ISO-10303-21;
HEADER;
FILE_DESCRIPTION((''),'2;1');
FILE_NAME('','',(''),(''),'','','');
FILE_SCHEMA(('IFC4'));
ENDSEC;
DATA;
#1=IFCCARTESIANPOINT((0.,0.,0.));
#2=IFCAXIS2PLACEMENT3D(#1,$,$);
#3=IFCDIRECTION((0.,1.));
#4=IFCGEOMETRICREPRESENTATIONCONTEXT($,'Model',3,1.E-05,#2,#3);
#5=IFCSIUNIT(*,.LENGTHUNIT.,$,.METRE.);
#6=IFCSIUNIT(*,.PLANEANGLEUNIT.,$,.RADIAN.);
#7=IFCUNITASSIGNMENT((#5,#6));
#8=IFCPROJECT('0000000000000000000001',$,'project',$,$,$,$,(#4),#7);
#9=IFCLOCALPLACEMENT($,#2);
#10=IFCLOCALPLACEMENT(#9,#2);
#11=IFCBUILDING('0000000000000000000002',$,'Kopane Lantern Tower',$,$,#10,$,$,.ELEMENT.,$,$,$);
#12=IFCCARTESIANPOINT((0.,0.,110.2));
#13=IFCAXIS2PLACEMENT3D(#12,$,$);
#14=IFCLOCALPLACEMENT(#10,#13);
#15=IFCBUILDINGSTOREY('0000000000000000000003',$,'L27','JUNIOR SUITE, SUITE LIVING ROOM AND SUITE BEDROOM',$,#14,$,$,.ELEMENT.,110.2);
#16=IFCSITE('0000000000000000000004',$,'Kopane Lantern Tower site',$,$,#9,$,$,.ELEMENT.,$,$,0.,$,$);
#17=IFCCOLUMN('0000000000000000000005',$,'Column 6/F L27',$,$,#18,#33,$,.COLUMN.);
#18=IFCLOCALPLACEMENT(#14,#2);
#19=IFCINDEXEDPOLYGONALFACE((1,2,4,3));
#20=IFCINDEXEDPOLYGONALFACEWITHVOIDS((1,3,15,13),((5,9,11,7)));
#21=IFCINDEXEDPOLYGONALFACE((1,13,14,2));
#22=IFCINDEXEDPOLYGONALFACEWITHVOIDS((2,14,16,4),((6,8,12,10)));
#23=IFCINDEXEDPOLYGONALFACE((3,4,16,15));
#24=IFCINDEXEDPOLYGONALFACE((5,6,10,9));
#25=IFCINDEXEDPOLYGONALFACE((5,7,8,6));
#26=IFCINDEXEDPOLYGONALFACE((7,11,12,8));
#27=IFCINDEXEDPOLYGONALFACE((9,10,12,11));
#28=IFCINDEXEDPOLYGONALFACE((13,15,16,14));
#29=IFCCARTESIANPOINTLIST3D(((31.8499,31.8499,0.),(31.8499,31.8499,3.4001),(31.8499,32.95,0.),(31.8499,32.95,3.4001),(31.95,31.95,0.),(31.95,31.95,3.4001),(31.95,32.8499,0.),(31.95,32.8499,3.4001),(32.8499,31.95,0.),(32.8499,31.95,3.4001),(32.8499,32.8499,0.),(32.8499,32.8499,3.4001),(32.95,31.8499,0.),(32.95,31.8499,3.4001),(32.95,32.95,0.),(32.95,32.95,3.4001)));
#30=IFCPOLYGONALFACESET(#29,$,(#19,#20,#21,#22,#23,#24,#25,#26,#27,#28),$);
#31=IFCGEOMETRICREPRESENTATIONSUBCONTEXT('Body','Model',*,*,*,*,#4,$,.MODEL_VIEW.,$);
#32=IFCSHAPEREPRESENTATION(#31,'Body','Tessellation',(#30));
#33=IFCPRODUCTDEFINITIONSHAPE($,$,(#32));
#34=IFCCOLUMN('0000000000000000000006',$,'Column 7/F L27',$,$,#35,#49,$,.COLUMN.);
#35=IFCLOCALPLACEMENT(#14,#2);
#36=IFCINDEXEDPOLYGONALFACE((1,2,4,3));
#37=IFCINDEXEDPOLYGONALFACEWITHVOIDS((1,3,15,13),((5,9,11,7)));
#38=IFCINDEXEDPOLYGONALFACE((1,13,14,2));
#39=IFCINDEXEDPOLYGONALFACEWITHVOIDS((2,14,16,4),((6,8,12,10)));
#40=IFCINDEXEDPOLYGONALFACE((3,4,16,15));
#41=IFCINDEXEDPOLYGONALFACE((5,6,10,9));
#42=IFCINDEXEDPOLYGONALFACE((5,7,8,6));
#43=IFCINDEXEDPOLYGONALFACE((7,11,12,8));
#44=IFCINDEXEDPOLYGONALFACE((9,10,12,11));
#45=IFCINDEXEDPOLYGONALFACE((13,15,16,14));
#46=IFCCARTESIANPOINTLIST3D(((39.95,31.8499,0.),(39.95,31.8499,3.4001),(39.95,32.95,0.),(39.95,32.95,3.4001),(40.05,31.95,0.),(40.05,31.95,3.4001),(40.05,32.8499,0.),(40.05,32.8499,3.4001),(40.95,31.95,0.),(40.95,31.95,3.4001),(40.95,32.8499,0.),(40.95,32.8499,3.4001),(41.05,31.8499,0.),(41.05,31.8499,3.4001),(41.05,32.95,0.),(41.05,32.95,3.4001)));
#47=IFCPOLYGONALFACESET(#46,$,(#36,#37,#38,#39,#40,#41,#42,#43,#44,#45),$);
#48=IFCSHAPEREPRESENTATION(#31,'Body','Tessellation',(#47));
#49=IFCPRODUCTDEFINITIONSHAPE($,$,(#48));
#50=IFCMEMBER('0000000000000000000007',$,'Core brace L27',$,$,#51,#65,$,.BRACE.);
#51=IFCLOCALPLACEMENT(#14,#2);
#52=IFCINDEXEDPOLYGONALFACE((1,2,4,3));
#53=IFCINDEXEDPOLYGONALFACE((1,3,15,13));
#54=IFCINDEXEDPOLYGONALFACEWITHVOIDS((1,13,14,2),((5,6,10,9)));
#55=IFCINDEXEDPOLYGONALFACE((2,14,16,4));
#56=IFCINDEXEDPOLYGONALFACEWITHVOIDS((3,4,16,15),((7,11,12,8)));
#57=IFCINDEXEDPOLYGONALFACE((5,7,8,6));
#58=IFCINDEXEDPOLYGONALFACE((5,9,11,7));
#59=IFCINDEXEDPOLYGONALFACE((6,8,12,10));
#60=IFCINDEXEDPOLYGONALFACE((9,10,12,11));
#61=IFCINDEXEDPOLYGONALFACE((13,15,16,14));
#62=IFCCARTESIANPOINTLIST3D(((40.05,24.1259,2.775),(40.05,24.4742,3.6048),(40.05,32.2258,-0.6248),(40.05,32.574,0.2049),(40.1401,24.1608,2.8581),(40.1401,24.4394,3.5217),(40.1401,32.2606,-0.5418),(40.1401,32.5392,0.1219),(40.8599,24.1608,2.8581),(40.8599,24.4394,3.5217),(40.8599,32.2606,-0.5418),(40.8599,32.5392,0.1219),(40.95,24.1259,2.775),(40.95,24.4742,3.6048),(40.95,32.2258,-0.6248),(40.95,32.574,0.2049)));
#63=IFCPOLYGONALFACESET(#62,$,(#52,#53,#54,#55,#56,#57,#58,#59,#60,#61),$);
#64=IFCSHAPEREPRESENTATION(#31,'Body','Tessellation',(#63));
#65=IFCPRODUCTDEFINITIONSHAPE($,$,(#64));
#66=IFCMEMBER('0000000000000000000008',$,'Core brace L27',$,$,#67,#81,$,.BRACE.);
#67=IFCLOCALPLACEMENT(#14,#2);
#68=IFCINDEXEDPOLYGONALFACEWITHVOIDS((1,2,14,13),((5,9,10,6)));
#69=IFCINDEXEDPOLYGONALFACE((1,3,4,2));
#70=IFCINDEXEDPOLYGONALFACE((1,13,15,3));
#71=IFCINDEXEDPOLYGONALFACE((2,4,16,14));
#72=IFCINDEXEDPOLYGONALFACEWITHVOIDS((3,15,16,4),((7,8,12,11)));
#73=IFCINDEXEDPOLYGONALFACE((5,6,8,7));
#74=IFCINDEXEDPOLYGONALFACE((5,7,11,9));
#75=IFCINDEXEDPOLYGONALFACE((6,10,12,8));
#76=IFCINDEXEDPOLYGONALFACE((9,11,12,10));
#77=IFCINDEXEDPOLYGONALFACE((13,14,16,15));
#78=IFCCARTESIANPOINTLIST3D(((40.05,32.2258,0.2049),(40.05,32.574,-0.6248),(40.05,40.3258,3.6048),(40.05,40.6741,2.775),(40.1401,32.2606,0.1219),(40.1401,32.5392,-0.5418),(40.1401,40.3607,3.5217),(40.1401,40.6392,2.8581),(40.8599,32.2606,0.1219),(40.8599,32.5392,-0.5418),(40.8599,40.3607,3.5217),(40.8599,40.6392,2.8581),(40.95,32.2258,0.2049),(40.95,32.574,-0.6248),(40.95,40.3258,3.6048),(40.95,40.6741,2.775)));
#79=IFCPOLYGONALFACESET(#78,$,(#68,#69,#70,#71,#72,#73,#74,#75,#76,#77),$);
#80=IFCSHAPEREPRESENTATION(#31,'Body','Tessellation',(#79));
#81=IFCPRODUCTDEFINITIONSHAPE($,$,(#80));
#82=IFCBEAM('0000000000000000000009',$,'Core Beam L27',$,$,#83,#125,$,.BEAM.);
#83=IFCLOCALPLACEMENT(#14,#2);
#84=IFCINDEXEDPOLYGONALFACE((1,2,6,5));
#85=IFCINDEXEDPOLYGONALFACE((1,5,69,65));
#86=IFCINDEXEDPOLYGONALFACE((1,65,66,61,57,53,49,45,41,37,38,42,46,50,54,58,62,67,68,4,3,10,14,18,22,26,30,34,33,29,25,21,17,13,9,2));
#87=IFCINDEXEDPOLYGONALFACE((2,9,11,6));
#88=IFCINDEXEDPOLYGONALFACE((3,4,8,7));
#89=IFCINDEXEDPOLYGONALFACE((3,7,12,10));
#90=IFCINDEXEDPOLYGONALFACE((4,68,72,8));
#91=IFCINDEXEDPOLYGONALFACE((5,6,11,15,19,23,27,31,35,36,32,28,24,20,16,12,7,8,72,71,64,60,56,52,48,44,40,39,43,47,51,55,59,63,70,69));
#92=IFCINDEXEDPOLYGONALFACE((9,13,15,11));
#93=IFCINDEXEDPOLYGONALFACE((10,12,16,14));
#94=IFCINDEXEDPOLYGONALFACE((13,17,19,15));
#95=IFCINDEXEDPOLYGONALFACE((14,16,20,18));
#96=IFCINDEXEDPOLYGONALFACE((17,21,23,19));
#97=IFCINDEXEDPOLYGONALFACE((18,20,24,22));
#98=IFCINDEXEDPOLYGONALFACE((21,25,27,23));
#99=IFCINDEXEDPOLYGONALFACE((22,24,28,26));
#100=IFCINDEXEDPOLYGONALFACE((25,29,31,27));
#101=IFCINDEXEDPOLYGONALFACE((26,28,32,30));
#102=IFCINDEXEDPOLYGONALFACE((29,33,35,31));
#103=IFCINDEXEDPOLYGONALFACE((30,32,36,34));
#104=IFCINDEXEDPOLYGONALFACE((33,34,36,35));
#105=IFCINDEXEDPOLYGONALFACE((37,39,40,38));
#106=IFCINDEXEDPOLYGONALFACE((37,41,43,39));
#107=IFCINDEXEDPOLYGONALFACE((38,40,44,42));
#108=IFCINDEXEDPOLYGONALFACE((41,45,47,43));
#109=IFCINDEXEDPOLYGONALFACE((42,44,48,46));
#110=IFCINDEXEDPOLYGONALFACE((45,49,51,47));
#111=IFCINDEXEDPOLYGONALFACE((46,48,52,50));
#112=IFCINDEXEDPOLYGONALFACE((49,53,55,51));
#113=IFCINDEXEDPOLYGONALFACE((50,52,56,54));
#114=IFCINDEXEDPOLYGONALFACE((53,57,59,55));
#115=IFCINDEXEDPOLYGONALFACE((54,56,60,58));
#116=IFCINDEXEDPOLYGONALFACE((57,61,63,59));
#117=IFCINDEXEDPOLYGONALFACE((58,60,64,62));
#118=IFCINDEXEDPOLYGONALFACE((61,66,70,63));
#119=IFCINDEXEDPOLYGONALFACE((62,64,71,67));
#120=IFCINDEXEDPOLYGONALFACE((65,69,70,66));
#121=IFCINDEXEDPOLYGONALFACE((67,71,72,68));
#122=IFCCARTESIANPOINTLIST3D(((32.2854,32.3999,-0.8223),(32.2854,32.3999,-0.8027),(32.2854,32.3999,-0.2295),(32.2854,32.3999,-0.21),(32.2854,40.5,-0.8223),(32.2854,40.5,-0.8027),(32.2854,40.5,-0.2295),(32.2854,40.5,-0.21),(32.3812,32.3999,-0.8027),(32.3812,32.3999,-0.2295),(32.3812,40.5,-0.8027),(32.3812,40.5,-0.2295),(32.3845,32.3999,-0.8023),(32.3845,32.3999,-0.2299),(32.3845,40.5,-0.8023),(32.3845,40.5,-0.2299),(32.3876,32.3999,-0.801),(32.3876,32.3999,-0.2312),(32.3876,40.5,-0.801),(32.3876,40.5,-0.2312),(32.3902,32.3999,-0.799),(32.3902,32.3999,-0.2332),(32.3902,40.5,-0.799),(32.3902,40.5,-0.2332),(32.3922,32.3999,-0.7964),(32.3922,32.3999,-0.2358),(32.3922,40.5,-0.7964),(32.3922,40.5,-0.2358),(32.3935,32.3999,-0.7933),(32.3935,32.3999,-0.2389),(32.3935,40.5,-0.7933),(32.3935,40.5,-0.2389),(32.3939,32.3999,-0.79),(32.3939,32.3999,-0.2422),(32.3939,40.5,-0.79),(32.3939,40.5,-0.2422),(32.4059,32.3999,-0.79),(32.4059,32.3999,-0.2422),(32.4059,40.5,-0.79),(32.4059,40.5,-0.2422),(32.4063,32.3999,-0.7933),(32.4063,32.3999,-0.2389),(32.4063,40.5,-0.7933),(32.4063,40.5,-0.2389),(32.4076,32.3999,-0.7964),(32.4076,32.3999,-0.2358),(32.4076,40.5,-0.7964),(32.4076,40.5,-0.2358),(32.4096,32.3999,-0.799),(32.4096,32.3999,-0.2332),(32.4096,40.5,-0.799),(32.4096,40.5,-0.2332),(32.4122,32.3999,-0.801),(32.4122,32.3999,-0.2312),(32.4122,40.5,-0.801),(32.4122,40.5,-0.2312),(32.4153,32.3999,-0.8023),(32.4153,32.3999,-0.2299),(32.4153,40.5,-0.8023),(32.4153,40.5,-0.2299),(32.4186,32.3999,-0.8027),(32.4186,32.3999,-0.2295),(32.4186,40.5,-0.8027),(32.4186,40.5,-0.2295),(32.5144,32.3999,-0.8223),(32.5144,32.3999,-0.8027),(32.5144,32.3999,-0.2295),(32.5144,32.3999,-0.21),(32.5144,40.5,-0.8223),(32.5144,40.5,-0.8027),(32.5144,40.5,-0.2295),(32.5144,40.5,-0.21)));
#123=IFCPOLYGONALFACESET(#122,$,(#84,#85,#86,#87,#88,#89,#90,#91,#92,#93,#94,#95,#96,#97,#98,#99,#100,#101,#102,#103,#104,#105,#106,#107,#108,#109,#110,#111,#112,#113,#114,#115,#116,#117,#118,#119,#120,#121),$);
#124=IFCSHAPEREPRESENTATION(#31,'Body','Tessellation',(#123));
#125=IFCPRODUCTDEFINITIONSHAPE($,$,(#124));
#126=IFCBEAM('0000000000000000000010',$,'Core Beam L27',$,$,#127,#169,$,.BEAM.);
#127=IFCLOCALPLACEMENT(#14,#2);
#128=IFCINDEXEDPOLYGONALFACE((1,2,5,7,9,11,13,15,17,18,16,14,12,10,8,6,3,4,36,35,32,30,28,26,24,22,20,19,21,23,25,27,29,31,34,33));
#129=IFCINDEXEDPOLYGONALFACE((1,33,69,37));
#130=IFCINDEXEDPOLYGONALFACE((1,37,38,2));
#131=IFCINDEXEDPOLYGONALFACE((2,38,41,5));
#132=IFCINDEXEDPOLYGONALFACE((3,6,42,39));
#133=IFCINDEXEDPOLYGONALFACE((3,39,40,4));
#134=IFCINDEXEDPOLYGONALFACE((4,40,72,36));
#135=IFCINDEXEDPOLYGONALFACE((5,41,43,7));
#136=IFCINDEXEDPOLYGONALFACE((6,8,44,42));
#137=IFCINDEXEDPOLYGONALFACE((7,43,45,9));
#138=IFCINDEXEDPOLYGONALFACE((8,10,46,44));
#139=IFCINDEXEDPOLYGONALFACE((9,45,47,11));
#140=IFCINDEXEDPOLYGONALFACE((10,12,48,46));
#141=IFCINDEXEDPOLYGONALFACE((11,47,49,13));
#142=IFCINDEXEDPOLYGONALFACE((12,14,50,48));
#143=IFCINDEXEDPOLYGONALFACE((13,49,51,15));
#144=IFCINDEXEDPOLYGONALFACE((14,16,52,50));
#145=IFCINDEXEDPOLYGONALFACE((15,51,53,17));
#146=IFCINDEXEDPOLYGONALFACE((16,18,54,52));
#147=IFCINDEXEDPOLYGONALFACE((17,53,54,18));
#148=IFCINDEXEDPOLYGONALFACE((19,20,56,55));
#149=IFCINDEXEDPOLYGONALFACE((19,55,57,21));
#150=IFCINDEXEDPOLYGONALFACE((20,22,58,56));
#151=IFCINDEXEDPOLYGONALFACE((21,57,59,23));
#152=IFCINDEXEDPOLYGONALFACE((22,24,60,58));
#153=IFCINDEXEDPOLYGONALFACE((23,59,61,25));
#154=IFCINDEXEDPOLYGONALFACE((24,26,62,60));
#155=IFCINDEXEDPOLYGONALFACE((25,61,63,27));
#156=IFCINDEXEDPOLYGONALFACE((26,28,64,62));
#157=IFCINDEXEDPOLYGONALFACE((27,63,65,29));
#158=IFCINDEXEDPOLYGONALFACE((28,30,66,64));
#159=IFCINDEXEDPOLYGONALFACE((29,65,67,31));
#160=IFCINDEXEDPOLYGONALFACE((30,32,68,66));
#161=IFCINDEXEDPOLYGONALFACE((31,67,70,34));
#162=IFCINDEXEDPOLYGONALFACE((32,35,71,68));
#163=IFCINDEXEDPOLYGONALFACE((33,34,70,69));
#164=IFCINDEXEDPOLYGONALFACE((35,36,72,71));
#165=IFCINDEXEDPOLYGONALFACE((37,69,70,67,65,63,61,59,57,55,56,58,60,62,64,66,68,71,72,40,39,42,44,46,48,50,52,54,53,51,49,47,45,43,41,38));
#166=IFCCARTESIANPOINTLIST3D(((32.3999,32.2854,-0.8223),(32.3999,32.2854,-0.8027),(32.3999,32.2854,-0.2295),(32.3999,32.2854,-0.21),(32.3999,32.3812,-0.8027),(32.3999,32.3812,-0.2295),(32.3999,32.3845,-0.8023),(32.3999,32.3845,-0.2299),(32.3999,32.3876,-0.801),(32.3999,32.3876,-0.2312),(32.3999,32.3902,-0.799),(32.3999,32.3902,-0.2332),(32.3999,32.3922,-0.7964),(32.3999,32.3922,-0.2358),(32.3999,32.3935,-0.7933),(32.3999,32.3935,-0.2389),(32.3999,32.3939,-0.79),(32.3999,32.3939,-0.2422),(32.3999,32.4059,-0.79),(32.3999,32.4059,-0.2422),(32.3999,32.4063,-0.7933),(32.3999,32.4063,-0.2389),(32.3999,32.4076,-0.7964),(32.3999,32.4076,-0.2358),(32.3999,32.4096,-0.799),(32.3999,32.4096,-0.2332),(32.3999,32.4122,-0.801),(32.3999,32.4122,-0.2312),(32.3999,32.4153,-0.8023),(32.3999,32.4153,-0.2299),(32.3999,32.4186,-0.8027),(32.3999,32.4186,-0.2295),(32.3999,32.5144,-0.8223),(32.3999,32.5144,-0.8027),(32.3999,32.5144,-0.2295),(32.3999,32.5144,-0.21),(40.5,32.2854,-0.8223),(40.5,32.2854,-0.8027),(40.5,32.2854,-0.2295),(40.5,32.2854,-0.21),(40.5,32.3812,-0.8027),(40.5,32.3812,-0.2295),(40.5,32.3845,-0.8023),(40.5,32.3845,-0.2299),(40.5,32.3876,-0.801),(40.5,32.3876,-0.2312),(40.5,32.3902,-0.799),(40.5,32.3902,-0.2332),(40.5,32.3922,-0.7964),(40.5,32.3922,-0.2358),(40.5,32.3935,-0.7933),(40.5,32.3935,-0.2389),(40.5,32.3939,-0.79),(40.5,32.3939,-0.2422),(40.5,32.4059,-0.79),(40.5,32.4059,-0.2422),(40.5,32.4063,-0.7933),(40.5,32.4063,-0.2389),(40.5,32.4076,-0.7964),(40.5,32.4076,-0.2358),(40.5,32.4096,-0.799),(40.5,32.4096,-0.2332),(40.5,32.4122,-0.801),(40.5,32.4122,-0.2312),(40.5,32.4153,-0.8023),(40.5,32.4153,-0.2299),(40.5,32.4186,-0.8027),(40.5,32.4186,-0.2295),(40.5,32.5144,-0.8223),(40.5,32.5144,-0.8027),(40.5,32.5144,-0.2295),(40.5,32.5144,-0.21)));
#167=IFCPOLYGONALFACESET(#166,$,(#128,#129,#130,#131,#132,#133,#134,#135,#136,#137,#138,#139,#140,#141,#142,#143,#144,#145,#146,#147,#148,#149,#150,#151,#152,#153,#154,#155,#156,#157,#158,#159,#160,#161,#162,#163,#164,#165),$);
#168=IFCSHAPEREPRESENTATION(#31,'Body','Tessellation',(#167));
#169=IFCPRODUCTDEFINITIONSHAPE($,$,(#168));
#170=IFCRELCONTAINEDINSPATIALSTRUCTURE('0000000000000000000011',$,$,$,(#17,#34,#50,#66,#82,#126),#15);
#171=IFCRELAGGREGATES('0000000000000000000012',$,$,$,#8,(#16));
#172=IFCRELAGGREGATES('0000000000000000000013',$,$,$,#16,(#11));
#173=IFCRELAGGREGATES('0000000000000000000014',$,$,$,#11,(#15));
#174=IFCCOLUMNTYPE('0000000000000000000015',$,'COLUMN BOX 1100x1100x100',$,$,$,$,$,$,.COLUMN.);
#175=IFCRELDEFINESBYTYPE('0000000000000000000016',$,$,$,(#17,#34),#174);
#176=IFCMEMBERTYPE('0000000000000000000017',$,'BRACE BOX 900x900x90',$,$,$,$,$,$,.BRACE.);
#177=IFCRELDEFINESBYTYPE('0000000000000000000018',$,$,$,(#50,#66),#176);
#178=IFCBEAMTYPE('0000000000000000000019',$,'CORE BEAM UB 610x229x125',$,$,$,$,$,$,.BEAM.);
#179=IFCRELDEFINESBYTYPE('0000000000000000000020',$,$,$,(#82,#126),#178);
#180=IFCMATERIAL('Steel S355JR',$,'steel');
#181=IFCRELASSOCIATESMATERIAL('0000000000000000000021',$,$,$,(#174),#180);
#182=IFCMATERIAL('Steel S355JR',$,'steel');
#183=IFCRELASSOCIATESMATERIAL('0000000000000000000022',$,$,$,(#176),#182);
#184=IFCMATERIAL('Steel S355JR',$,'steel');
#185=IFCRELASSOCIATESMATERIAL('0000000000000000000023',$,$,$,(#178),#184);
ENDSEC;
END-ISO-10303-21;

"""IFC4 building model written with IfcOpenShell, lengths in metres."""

from ifc_helpers import new_model, si_unit, direction, frame, origin, origin_2d, place, context, subcontext, project, spatial, hollow_rectangle, i_section, extrude, material, material_profile, profile_set, type_object, element, save


model = new_model("IFC4")

# Units and contexts
model_context = context("Model", 3, precision=1e-05, world=origin(), true_north=direction((0.0, 1.0)))
body_context = subcontext(model_context, "Body", "Model", "MODEL_VIEW")
ifc_project = project(units=[si_unit("LENGTHUNIT", "METRE"), si_unit("PLANEANGLEUNIT", "RADIAN")], contexts=[model_context])

# Site, building, storey
site_placement = place(None, origin())
site = spatial("IfcSite", under=ifc_project, at=site_placement, Name="Kopane Lantern Tower site", CompositionType="ELEMENT", RefElevation=0.0)
building_placement = place(site_placement, origin())
building = spatial("IfcBuilding", under=site, at=building_placement, Name="Kopane Lantern Tower", CompositionType="ELEMENT")
storey_placement = place(building_placement, frame((0.0, 0.0, 110.2)))
storey = spatial("IfcBuildingStorey", under=building, at=storey_placement, Name="L27", Description="JUNIOR SUITE, SUITE LIVING ROOM AND SUITE BEDROOM", CompositionType="ELEMENT", Elevation=110.2)

# Columns
ifc_material_1 = material(Name="Steel S355JR", Category="steel")
ifc_material_profile_1 = material_profile(ifc_material_1, hollow_rectangle(XDim=1.1001, YDim=1.1001, WallThickness=0.1001, at=origin_2d()), Name="BOX 1100x1100x100")
ifc_profile_set_1 = profile_set([ifc_material_profile_1], Name="Steel S355JR")
column_type = type_object("IfcColumnType", Name="COLUMN BOX 1100x1100x100", PredefinedType="COLUMN", material=ifc_profile_set_1)
for number, where, z_axis, x_axis, name in (
    (1, (32.3999, 32.3999, 0.0), (0.0, 0.0, 1.0), (1.0, 0.0, 0.0), "Column 6/F L27"),
    (2, (40.5, 32.3999, 0.0), (0.0, 0.0, 1.0), (1.0, 0.0, 0.0), "Column 7/F L27"),
):
    element("IfcColumn", number, at=place(storey_placement, frame(where, z_axis=z_axis, x_axis=x_axis)), inside=storey, type_object=column_type, Name=name, PredefinedType="COLUMN", context=body_context, shape_type="SweptSolid", body=[
        extrude(hollow_rectangle(XDim=1.1001, YDim=1.1001, WallThickness=0.1001, at=origin_2d()), origin(), (0.0, 0.0, 1.0), 3.4001),
    ])

# Members
ifc_material_2 = material(Name="Steel S355JR", Category="steel")
ifc_material_profile_2 = material_profile(ifc_material_2, hollow_rectangle(XDim=0.8999, YDim=0.8999, WallThickness=0.0901, at=origin_2d()), Name="BOX 900x900x90")
ifc_profile_set_2 = profile_set([ifc_material_profile_2], Name="Steel S355JR")
member_type = type_object("IfcMemberType", Name="BRACE BOX 900x900x90", PredefinedType="BRACE", material=ifc_profile_set_2)
member_1_placement = place(storey_placement, frame((40.5, 32.3999, -0.21), z_axis=(0.0, -0.922065, 0.387035), x_axis=(1.0, 0.0, 0.0)))
element("IfcMember", 3, at=member_1_placement, inside=storey, type_object=member_type, Name="Core brace L27", PredefinedType="BRACE", context=body_context, shape_type="SweptSolid", body=[
    extrude(hollow_rectangle(XDim=0.8999, YDim=0.8999, WallThickness=0.0901, at=origin_2d()), origin(), (0.0, 0.0, 1.0), 8.7844),
])
member_2_placement = place(storey_placement, frame((40.5, 32.3999, -0.21), z_axis=(0.0, 0.922069, 0.387026), x_axis=(-1.0, 0.0, 0.0)))
element("IfcMember", 4, at=member_2_placement, inside=storey, type_object=member_type, Name="Core brace L27", PredefinedType="BRACE", context=body_context, shape_type="SweptSolid", body=[
    extrude(hollow_rectangle(XDim=0.8999, YDim=0.8999, WallThickness=0.0901, at=origin_2d()), origin(), (0.0, 0.0, 1.0), 8.7847),
])

# Beams
ifc_material_3 = material(Name="Steel S355JR", Category="steel")
ifc_material_profile_3 = material_profile(ifc_material_3, i_section(OverallWidth=0.229, OverallDepth=0.6123, WebThickness=0.012, FlangeThickness=0.0195, FilletRadius=0.0127, at=origin_2d()), Name="UB 610x229x125")
ifc_profile_set_3 = profile_set([ifc_material_profile_3], Name="Steel S355JR")
beam_type_1 = type_object("IfcBeamType", Name="CORE BEAM UB 610x229x125", PredefinedType="BEAM", material=ifc_profile_set_3)
for number, where, z_axis, x_axis, name in (
    (5, (32.3999, 32.3999, -0.5161), (0.0, 1.0, 0.0), (-1.0, 0.0, 0.0), "Core Beam L27"),
    (6, (32.3999, 32.3999, -0.5161), (1.0, 0.0, 0.0), (0.0, 1.0, 0.0), "Core Beam L27"),
):
    element("IfcBeam", number, at=place(storey_placement, frame(where, z_axis=z_axis, x_axis=x_axis)), inside=storey, type_object=beam_type_1, Name=name, PredefinedType="BEAM", context=body_context, shape_type="SweptSolid", body=[
        extrude(i_section(OverallWidth=0.229, OverallDepth=0.6123, WebThickness=0.012, FlangeThickness=0.0195, FilletRadius=0.0127, at=origin_2d()), origin(), (0.0, 0.0, 1.0), 8.1001),
    ])

save(model, "model.ifc")
